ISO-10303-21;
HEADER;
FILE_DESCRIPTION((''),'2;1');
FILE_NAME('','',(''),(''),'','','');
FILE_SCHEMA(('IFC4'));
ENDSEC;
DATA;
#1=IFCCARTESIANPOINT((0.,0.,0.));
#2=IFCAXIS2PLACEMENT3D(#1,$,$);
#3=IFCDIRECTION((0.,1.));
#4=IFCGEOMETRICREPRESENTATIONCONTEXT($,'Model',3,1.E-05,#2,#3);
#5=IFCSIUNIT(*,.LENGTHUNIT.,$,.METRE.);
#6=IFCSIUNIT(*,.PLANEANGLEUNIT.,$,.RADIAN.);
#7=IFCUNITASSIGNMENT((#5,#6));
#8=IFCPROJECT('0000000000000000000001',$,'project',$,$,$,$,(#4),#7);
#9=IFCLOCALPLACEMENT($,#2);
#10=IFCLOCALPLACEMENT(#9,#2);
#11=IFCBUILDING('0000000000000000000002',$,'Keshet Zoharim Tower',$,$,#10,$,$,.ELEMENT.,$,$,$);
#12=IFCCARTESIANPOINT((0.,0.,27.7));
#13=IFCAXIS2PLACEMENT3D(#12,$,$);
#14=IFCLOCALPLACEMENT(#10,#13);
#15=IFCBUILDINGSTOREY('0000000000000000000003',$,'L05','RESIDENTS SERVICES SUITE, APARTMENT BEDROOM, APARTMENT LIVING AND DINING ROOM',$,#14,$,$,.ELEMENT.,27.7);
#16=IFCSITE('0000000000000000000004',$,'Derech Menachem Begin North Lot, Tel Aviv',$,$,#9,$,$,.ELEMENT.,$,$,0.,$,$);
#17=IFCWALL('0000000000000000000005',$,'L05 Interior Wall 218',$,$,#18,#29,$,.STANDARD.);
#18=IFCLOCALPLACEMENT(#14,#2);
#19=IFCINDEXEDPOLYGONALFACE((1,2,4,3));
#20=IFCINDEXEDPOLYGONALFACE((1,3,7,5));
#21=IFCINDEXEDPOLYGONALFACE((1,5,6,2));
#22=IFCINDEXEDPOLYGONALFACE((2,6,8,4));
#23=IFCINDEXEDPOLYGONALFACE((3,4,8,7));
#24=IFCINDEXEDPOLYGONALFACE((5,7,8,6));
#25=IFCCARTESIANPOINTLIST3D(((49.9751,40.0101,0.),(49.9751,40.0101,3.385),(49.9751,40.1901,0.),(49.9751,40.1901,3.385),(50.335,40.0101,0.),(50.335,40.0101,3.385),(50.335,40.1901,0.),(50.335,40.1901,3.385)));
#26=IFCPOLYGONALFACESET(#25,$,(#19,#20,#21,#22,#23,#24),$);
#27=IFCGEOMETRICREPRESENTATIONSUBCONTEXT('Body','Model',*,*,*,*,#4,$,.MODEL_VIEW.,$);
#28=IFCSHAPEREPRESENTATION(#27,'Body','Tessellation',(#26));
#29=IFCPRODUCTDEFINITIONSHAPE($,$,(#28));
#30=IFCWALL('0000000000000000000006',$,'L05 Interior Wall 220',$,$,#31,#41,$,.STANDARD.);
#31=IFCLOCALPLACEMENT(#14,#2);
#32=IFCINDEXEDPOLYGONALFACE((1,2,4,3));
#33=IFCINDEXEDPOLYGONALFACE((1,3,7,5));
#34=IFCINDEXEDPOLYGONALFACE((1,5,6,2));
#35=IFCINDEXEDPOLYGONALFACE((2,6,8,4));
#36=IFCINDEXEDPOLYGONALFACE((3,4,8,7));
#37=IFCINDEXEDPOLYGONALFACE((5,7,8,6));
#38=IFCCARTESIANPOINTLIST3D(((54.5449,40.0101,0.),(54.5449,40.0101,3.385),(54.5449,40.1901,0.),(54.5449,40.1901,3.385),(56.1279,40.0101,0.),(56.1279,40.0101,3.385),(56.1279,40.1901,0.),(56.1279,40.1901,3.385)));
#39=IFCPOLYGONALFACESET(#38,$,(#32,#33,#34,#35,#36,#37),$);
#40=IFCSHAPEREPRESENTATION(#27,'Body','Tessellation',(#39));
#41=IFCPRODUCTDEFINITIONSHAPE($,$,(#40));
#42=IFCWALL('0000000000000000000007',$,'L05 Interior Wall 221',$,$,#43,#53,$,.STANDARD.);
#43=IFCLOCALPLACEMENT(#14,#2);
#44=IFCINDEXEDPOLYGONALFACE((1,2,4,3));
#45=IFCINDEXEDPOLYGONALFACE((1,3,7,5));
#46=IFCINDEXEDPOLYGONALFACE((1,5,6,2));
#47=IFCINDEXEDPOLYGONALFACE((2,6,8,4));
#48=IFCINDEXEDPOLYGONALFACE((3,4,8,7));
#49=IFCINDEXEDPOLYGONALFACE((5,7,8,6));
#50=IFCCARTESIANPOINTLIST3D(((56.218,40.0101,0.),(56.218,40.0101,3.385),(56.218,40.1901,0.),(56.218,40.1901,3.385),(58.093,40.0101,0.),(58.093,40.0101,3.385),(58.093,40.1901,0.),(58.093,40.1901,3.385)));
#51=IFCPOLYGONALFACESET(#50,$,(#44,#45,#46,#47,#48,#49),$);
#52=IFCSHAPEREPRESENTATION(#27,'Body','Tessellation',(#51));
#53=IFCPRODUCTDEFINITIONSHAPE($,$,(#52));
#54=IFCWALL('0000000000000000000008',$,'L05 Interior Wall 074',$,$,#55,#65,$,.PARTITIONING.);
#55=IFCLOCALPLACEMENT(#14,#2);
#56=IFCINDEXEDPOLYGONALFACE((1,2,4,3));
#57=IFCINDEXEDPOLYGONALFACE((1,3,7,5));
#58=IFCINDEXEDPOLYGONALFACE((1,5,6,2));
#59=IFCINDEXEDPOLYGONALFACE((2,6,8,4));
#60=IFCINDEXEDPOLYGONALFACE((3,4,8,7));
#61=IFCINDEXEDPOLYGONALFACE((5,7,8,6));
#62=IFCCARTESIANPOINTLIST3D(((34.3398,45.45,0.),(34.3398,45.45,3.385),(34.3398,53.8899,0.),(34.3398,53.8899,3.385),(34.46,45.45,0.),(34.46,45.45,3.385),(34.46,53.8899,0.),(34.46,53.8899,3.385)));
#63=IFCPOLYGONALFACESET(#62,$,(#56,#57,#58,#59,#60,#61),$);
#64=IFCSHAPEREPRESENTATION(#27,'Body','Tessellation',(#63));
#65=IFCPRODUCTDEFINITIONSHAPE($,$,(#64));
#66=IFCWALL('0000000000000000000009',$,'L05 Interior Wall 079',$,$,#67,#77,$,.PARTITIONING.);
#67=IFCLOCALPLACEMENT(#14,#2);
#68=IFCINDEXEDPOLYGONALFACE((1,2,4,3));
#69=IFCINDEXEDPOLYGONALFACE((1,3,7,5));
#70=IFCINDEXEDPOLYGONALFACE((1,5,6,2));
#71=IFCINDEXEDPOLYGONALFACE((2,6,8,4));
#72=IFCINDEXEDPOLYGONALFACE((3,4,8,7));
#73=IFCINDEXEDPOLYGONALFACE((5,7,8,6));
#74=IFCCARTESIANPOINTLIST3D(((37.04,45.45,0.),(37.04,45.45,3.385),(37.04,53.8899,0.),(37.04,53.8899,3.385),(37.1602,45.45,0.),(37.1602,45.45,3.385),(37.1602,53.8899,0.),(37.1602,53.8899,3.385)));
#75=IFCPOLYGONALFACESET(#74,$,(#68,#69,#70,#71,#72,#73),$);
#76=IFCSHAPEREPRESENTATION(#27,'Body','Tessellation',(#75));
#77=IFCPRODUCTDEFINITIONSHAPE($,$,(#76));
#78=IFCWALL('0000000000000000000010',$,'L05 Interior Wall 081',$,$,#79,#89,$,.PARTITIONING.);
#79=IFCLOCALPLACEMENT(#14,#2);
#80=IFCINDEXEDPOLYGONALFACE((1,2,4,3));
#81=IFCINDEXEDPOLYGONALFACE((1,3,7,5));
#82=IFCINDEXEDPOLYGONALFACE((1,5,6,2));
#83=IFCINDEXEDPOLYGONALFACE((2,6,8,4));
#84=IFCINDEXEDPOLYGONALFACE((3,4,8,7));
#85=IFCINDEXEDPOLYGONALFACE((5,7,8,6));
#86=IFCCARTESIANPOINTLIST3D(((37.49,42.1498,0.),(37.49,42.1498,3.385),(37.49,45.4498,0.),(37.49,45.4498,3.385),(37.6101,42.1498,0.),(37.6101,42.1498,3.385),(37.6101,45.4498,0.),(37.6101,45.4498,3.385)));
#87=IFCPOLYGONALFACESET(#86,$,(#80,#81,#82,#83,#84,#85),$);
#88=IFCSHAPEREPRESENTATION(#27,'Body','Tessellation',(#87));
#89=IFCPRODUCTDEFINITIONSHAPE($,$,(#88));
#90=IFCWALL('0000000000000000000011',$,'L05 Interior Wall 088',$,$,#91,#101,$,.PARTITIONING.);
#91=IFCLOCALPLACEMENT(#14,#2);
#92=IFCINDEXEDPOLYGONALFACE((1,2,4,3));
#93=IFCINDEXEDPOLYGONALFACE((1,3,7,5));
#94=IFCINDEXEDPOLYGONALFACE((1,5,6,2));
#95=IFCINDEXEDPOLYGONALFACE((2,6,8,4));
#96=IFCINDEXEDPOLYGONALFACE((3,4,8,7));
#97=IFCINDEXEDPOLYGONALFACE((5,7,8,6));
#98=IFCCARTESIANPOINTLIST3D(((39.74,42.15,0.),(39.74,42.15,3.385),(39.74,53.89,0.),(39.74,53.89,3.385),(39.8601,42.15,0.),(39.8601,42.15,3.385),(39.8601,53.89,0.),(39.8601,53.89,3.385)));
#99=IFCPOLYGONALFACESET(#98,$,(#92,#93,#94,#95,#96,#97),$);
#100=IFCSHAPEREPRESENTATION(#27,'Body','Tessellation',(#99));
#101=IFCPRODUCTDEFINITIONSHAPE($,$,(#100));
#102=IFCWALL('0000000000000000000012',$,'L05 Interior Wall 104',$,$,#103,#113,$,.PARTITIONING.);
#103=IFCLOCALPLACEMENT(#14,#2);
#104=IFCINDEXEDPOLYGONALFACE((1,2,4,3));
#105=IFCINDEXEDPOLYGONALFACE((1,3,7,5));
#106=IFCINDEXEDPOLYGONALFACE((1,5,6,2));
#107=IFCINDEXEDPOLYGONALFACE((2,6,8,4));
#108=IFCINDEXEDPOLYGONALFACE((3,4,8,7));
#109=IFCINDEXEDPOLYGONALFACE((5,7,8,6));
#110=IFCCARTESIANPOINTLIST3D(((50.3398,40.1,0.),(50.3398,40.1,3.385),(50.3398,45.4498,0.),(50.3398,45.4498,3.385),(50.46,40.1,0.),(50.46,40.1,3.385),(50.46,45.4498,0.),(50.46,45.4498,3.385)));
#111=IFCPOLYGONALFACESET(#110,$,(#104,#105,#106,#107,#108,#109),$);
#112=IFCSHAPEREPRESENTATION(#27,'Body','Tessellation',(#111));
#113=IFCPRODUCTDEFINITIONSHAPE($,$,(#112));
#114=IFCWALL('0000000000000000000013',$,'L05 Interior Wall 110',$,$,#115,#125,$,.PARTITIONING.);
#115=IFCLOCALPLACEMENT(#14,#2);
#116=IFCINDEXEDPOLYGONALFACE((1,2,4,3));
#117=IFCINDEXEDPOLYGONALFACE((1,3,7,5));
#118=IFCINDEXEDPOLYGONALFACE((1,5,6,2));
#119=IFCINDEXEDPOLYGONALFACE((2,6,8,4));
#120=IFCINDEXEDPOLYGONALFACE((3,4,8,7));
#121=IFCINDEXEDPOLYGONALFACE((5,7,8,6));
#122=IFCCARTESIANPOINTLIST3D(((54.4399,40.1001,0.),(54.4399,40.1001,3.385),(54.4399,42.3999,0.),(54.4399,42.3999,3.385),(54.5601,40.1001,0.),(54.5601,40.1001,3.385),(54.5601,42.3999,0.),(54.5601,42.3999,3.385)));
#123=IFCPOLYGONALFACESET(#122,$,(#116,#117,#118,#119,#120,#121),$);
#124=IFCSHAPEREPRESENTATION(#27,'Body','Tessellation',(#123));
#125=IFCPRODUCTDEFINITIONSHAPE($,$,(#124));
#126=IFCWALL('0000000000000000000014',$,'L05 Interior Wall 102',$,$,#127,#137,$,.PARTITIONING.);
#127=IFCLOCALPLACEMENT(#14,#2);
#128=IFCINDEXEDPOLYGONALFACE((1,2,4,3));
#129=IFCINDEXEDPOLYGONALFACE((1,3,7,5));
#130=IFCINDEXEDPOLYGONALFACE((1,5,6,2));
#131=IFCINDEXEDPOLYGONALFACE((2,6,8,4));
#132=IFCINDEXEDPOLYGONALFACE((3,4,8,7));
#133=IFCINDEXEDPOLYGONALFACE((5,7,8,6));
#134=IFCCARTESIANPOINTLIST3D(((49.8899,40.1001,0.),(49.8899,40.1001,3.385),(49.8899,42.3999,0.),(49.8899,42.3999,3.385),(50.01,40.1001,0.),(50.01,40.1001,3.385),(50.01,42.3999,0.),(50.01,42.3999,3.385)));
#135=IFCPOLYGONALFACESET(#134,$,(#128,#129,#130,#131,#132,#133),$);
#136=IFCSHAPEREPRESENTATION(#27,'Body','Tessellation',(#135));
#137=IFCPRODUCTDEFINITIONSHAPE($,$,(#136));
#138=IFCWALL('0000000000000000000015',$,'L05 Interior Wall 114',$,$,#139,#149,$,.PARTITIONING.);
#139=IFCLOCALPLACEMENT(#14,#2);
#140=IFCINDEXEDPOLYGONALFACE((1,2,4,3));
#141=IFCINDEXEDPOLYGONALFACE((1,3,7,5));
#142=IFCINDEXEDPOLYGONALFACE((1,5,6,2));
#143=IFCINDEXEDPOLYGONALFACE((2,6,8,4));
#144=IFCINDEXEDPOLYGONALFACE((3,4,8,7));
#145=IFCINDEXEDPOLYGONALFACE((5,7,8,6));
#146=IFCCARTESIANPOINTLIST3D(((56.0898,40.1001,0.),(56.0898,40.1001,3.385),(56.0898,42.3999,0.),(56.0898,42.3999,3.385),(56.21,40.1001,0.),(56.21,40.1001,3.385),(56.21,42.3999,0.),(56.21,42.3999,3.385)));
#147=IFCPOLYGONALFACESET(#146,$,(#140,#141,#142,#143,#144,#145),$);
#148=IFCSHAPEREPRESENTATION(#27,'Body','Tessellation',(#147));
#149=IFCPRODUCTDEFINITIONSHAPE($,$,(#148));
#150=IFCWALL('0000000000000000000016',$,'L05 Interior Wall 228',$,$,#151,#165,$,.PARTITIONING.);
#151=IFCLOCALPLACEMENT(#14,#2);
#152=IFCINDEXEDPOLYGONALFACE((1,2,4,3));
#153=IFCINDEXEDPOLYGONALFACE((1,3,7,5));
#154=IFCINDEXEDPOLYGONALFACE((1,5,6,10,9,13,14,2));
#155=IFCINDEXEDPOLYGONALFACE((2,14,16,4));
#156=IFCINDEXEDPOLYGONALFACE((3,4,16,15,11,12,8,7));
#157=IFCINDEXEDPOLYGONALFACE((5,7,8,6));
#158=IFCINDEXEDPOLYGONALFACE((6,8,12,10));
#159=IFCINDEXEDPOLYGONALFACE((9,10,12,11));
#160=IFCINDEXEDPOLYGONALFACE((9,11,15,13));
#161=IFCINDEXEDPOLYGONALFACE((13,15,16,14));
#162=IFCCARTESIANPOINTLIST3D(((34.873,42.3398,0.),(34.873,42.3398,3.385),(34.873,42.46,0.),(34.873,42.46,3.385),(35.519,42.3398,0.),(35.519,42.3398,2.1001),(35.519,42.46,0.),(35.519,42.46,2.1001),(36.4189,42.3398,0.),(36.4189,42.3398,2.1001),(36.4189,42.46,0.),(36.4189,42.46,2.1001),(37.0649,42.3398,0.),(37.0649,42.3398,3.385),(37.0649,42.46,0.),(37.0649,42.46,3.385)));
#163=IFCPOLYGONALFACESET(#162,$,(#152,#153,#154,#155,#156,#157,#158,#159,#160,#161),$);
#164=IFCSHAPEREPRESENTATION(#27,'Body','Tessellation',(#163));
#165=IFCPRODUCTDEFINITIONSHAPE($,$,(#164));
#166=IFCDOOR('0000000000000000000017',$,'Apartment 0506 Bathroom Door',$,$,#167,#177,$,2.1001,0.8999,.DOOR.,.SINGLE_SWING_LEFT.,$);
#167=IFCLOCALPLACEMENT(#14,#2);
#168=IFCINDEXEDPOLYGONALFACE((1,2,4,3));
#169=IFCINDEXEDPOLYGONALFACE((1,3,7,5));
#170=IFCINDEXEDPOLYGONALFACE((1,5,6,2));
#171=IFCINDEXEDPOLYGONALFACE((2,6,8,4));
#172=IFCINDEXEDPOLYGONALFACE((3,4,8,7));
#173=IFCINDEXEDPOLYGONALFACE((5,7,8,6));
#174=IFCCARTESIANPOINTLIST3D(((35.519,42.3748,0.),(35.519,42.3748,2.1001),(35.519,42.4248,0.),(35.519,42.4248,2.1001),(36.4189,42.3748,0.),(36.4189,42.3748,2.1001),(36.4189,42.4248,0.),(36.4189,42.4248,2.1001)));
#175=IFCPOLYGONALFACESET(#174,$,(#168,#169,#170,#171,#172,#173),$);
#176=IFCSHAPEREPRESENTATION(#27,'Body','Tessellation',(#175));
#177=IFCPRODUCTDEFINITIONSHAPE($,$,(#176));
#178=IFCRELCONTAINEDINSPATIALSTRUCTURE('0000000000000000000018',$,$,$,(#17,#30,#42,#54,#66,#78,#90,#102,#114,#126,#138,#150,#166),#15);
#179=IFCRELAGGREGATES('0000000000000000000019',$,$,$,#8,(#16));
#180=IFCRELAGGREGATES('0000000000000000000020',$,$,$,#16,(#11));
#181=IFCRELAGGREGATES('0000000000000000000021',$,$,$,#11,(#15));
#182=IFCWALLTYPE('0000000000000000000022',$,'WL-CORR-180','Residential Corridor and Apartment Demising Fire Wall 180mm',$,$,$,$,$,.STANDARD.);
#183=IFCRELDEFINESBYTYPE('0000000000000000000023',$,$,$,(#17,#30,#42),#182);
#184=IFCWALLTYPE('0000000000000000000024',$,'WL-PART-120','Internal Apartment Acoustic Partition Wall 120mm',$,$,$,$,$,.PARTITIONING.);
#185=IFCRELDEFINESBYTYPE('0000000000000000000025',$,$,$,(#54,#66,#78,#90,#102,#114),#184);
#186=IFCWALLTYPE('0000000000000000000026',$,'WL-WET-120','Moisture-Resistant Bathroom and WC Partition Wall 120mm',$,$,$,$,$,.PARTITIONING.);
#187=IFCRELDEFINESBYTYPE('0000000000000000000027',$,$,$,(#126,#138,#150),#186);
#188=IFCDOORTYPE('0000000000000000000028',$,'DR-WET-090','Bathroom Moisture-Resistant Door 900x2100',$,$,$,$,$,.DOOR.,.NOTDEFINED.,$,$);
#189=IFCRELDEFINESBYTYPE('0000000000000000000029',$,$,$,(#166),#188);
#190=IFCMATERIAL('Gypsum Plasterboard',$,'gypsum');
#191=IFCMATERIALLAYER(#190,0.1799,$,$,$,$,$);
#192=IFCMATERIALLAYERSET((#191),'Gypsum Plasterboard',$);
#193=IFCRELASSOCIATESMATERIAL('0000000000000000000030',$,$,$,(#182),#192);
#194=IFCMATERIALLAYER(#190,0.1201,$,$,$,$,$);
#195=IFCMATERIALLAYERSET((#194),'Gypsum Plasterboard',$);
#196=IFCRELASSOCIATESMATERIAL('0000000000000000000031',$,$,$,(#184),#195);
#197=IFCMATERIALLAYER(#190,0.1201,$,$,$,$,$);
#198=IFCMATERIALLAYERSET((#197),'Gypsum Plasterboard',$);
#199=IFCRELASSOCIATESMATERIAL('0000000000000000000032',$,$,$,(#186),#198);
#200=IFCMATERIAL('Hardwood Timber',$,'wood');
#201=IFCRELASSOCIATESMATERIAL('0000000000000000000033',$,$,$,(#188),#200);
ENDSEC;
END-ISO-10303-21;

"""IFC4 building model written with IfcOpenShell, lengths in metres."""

from ifc_helpers import new_model, si_unit, direction, frame, frame_2d, origin, place, context, subcontext, project, spatial, rectangle, extrude, material, layer, layer_set, type_object, element, fill, save


model = new_model("IFC4")

# Units and contexts
model_context = context("Model", 3, precision=1e-05, world=origin(), true_north=direction((0.0, 1.0)))
body_context = subcontext(model_context, "Body", "Model", "MODEL_VIEW")
ifc_project = project(units=[si_unit("LENGTHUNIT", "METRE"), si_unit("PLANEANGLEUNIT", "RADIAN")], contexts=[model_context])

# Site, building, storey
site_placement = place(None, origin())
site = spatial("IfcSite", under=ifc_project, at=site_placement, Name="Derech Menachem Begin North Lot, Tel Aviv", CompositionType="ELEMENT", RefElevation=0.0)
building_placement = place(site_placement, origin())
building = spatial("IfcBuilding", under=site, at=building_placement, Name="Keshet Zoharim Tower", CompositionType="ELEMENT")
storey_placement = place(building_placement, frame((0.0, 0.0, 27.7)))
storey = spatial("IfcBuildingStorey", under=building, at=storey_placement, Name="L05", Description="RESIDENTS SERVICES SUITE, APARTMENT BEDROOM, APARTMENT LIVING AND DINING ROOM", CompositionType="ELEMENT", Elevation=27.7)

# Wall
ifc_material_1 = material(Name="Gypsum Plasterboard", Category="gypsum")
ifc_layer_1 = layer(ifc_material_1, 0.1799)
ifc_layer_set_1 = layer_set([ifc_layer_1], Name="Gypsum Plasterboard")
wall_type_1 = type_object("IfcWallType", Name="WL-CORR-180", Description="Residential Corridor and Apartment Demising Fire Wall 180mm", PredefinedType="STANDARD", material=ifc_layer_set_1)
wall_1_placement = place(storey_placement, frame((49.9751, 40.1001, 0.0), z_axis=(0.0, 0.0, 1.0), x_axis=(1.0, 0.0, 0.0)))
element("IfcWall", 1, at=wall_1_placement, inside=storey, type_object=wall_type_1, Name="L05 Interior Wall 218", PredefinedType="STANDARD", context=body_context, shape_type="SweptSolid", body=[
    extrude(rectangle(XDim=0.3599, YDim=0.1799, at=frame_2d((0.1799, 0.0))), origin(), (0.0, 0.0, 1.0), 3.385),
])

# Shared definitions
ifc_material_2 = material(Name="Hardwood Timber", Category="wood")

# Walls
wall_2_placement = place(storey_placement, frame((54.5449, 40.1001, 0.0), z_axis=(0.0, 0.0, 1.0), x_axis=(1.0, 0.0, 0.0)))
element("IfcWall", 2, at=wall_2_placement, inside=storey, type_object=wall_type_1, Name="L05 Interior Wall 220", PredefinedType="STANDARD", context=body_context, shape_type="SweptSolid", body=[
    extrude(rectangle(XDim=1.583, YDim=0.1799, at=frame_2d((0.7915, 0.0))), origin(), (0.0, 0.0, 1.0), 3.385),
])
wall_3_placement = place(storey_placement, frame((56.218, 40.1001, 0.0), z_axis=(0.0, 0.0, 1.0), x_axis=(1.0, 0.0, 0.0)))
element("IfcWall", 3, at=wall_3_placement, inside=storey, type_object=wall_type_1, Name="L05 Interior Wall 221", PredefinedType="STANDARD", context=body_context, shape_type="SweptSolid", body=[
    extrude(rectangle(XDim=1.875, YDim=0.1799, at=frame_2d((0.9375, 0.0))), origin(), (0.0, 0.0, 1.0), 3.385),
])
ifc_layer_2 = layer(ifc_material_1, 0.1201)
ifc_layer_set_2 = layer_set([ifc_layer_2], Name="Gypsum Plasterboard")
wall_type_2 = type_object("IfcWallType", Name="WL-PART-120", Description="Internal Apartment Acoustic Partition Wall 120mm", PredefinedType="PARTITIONING", material=ifc_layer_set_2)
for number, where, z_axis, x_axis, name in (
    (4, (34.3999, 45.45, 0.0), (0.0, 0.0, 1.0), (0.0, 1.0, 0.0), "L05 Interior Wall 074"),
    (5, (37.1001, 45.45, 0.0), (0.0, 0.0, 1.0), (0.0, 1.0, 0.0), "L05 Interior Wall 079"),
):
    element("IfcWall", number, at=place(storey_placement, frame(where, z_axis=z_axis, x_axis=x_axis)), inside=storey, type_object=wall_type_2, Name=name, PredefinedType="PARTITIONING", context=body_context, shape_type="SweptSolid", body=[
        extrude(rectangle(XDim=8.4399, YDim=0.1201, at=frame_2d((4.22, 0.0))), origin(), (0.0, 0.0, 1.0), 3.385),
    ])
wall_4_placement = place(storey_placement, frame((37.55, 42.1499, 0.0), z_axis=(0.0, 0.0, 1.0), x_axis=(0.0, 1.0, 0.0)))
element("IfcWall", 6, at=wall_4_placement, inside=storey, type_object=wall_type_2, Name="L05 Interior Wall 081", PredefinedType="PARTITIONING", context=body_context, shape_type="SweptSolid", body=[
    extrude(rectangle(XDim=3.3, YDim=0.1201, at=frame_2d((1.6499, 0.0))), origin(), (0.0, 0.0, 1.0), 3.385),
])
wall_5_placement = place(storey_placement, frame((39.8, 42.1499, 0.0), z_axis=(0.0, 0.0, 1.0), x_axis=(0.0, 1.0, 0.0)))
element("IfcWall", 7, at=wall_5_placement, inside=storey, type_object=wall_type_2, Name="L05 Interior Wall 088", PredefinedType="PARTITIONING", context=body_context, shape_type="SweptSolid", body=[
    extrude(rectangle(XDim=11.74, YDim=0.1201, at=frame_2d((5.8701, 0.0))), origin(), (0.0, 0.0, 1.0), 3.385),
])
wall_6_placement = place(storey_placement, frame((50.3999, 40.1001, 0.0), z_axis=(0.0, 0.0, 1.0), x_axis=(0.0, 1.0, 0.0)))
element("IfcWall", 8, at=wall_6_placement, inside=storey, type_object=wall_type_2, Name="L05 Interior Wall 104", PredefinedType="PARTITIONING", context=body_context, shape_type="SweptSolid", body=[
    extrude(rectangle(XDim=5.3499, YDim=0.1201, at=frame_2d((2.6748, 0.0))), origin(), (0.0, 0.0, 1.0), 3.385),
])
wall_7_placement = place(storey_placement, frame((54.5, 40.1001, 0.0), z_axis=(0.0, 0.0, 1.0), x_axis=(0.0, 1.0, 0.0)))
element("IfcWall", 9, at=wall_7_placement, inside=storey, type_object=wall_type_2, Name="L05 Interior Wall 110", PredefinedType="PARTITIONING", context=body_context, shape_type="SweptSolid", body=[
    extrude(rectangle(XDim=2.2998, YDim=0.1201, at=frame_2d((1.1499, 0.0))), origin(), (0.0, 0.0, 1.0), 3.385),
])

# Walls
ifc_layer_3 = layer(ifc_material_1, 0.1201)
ifc_layer_set_3 = layer_set([ifc_layer_3], Name="Gypsum Plasterboard")
wall_type_3 = type_object("IfcWallType", Name="WL-WET-120", Description="Moisture-Resistant Bathroom and WC Partition Wall 120mm", PredefinedType="PARTITIONING", material=ifc_layer_set_3)
for number, where, z_axis, x_axis, name in (
    (10, (49.95, 40.1001, 0.0), (0.0, 0.0, 1.0), (0.0, 1.0, 0.0), "L05 Interior Wall 102"),
    (11, (56.1499, 40.1001, 0.0), (0.0, 0.0, 1.0), (0.0, 1.0, 0.0), "L05 Interior Wall 114"),
):
    element("IfcWall", number, at=place(storey_placement, frame(where, z_axis=z_axis, x_axis=x_axis)), inside=storey, type_object=wall_type_3, Name=name, PredefinedType="PARTITIONING", context=body_context, shape_type="SweptSolid", body=[
        extrude(rectangle(XDim=2.2998, YDim=0.1201, at=frame_2d((1.1499, 0.0))), origin(), (0.0, 0.0, 1.0), 3.385),
    ])

# Wall, opening, door
wall_8_placement = place(storey_placement, frame((34.873, 42.3999, 0.0), z_axis=(0.0, 0.0, 1.0), x_axis=(1.0, 0.0, 0.0)))
wall_8 = element("IfcWall", 12, at=wall_8_placement, inside=storey, type_object=wall_type_3, Name="L05 Interior Wall 228", PredefinedType="PARTITIONING", context=body_context, shape_type="SweptSolid", body=[
    extrude(rectangle(XDim=2.1919, YDim=0.1201, at=frame_2d((1.0959, 0.0))), origin(), (0.0, 0.0, 1.0), 3.385),
])
opening_1_placement = place(wall_8_placement, frame((0.646, 0.0, 0.0)))
opening_1 = element("IfcOpeningElement", 13, at=opening_1_placement, cuts=wall_8, PredefinedType="OPENING", context=body_context, shape_type="SweptSolid", body=[
    extrude(rectangle(XDim=0.8999, YDim=2.1001, at=frame_2d((0.45, 1.05))), frame((0.0, 0.0701, 0.0), z_axis=(0.0, -1.0, 0.0), x_axis=(1.0, 0.0, 0.0)), (0.0, 0.0, 1.0), 0.1401),
])
door_type_1 = type_object("IfcDoorType", Name="DR-WET-090", Description="Bathroom Moisture-Resistant Door 900x2100", OperationType="NOTDEFINED", PredefinedType="DOOR", material=ifc_material_2)
door_1_placement = place(opening_1_placement, origin())
door_1 = element("IfcDoor", 14, at=door_1_placement, inside=storey, type_object=door_type_1, Name="Apartment 0506 Bathroom Door", OperationType="SINGLE_SWING_LEFT", OverallHeight=2.1001, OverallWidth=0.8999, PredefinedType="DOOR", context=body_context, shape_type="SweptSolid", body=[
    extrude(rectangle(XDim=0.8999, YDim=2.1001, at=frame_2d((0.45, 1.05))), frame((0.0, 0.0249, 0.0), z_axis=(0.0, -1.0, 0.0), x_axis=(1.0, 0.0, 0.0)), (0.0, 0.0, 1.0), 0.05),
])
fill(opening_1, door_1)

save(model, "model.ifc")
